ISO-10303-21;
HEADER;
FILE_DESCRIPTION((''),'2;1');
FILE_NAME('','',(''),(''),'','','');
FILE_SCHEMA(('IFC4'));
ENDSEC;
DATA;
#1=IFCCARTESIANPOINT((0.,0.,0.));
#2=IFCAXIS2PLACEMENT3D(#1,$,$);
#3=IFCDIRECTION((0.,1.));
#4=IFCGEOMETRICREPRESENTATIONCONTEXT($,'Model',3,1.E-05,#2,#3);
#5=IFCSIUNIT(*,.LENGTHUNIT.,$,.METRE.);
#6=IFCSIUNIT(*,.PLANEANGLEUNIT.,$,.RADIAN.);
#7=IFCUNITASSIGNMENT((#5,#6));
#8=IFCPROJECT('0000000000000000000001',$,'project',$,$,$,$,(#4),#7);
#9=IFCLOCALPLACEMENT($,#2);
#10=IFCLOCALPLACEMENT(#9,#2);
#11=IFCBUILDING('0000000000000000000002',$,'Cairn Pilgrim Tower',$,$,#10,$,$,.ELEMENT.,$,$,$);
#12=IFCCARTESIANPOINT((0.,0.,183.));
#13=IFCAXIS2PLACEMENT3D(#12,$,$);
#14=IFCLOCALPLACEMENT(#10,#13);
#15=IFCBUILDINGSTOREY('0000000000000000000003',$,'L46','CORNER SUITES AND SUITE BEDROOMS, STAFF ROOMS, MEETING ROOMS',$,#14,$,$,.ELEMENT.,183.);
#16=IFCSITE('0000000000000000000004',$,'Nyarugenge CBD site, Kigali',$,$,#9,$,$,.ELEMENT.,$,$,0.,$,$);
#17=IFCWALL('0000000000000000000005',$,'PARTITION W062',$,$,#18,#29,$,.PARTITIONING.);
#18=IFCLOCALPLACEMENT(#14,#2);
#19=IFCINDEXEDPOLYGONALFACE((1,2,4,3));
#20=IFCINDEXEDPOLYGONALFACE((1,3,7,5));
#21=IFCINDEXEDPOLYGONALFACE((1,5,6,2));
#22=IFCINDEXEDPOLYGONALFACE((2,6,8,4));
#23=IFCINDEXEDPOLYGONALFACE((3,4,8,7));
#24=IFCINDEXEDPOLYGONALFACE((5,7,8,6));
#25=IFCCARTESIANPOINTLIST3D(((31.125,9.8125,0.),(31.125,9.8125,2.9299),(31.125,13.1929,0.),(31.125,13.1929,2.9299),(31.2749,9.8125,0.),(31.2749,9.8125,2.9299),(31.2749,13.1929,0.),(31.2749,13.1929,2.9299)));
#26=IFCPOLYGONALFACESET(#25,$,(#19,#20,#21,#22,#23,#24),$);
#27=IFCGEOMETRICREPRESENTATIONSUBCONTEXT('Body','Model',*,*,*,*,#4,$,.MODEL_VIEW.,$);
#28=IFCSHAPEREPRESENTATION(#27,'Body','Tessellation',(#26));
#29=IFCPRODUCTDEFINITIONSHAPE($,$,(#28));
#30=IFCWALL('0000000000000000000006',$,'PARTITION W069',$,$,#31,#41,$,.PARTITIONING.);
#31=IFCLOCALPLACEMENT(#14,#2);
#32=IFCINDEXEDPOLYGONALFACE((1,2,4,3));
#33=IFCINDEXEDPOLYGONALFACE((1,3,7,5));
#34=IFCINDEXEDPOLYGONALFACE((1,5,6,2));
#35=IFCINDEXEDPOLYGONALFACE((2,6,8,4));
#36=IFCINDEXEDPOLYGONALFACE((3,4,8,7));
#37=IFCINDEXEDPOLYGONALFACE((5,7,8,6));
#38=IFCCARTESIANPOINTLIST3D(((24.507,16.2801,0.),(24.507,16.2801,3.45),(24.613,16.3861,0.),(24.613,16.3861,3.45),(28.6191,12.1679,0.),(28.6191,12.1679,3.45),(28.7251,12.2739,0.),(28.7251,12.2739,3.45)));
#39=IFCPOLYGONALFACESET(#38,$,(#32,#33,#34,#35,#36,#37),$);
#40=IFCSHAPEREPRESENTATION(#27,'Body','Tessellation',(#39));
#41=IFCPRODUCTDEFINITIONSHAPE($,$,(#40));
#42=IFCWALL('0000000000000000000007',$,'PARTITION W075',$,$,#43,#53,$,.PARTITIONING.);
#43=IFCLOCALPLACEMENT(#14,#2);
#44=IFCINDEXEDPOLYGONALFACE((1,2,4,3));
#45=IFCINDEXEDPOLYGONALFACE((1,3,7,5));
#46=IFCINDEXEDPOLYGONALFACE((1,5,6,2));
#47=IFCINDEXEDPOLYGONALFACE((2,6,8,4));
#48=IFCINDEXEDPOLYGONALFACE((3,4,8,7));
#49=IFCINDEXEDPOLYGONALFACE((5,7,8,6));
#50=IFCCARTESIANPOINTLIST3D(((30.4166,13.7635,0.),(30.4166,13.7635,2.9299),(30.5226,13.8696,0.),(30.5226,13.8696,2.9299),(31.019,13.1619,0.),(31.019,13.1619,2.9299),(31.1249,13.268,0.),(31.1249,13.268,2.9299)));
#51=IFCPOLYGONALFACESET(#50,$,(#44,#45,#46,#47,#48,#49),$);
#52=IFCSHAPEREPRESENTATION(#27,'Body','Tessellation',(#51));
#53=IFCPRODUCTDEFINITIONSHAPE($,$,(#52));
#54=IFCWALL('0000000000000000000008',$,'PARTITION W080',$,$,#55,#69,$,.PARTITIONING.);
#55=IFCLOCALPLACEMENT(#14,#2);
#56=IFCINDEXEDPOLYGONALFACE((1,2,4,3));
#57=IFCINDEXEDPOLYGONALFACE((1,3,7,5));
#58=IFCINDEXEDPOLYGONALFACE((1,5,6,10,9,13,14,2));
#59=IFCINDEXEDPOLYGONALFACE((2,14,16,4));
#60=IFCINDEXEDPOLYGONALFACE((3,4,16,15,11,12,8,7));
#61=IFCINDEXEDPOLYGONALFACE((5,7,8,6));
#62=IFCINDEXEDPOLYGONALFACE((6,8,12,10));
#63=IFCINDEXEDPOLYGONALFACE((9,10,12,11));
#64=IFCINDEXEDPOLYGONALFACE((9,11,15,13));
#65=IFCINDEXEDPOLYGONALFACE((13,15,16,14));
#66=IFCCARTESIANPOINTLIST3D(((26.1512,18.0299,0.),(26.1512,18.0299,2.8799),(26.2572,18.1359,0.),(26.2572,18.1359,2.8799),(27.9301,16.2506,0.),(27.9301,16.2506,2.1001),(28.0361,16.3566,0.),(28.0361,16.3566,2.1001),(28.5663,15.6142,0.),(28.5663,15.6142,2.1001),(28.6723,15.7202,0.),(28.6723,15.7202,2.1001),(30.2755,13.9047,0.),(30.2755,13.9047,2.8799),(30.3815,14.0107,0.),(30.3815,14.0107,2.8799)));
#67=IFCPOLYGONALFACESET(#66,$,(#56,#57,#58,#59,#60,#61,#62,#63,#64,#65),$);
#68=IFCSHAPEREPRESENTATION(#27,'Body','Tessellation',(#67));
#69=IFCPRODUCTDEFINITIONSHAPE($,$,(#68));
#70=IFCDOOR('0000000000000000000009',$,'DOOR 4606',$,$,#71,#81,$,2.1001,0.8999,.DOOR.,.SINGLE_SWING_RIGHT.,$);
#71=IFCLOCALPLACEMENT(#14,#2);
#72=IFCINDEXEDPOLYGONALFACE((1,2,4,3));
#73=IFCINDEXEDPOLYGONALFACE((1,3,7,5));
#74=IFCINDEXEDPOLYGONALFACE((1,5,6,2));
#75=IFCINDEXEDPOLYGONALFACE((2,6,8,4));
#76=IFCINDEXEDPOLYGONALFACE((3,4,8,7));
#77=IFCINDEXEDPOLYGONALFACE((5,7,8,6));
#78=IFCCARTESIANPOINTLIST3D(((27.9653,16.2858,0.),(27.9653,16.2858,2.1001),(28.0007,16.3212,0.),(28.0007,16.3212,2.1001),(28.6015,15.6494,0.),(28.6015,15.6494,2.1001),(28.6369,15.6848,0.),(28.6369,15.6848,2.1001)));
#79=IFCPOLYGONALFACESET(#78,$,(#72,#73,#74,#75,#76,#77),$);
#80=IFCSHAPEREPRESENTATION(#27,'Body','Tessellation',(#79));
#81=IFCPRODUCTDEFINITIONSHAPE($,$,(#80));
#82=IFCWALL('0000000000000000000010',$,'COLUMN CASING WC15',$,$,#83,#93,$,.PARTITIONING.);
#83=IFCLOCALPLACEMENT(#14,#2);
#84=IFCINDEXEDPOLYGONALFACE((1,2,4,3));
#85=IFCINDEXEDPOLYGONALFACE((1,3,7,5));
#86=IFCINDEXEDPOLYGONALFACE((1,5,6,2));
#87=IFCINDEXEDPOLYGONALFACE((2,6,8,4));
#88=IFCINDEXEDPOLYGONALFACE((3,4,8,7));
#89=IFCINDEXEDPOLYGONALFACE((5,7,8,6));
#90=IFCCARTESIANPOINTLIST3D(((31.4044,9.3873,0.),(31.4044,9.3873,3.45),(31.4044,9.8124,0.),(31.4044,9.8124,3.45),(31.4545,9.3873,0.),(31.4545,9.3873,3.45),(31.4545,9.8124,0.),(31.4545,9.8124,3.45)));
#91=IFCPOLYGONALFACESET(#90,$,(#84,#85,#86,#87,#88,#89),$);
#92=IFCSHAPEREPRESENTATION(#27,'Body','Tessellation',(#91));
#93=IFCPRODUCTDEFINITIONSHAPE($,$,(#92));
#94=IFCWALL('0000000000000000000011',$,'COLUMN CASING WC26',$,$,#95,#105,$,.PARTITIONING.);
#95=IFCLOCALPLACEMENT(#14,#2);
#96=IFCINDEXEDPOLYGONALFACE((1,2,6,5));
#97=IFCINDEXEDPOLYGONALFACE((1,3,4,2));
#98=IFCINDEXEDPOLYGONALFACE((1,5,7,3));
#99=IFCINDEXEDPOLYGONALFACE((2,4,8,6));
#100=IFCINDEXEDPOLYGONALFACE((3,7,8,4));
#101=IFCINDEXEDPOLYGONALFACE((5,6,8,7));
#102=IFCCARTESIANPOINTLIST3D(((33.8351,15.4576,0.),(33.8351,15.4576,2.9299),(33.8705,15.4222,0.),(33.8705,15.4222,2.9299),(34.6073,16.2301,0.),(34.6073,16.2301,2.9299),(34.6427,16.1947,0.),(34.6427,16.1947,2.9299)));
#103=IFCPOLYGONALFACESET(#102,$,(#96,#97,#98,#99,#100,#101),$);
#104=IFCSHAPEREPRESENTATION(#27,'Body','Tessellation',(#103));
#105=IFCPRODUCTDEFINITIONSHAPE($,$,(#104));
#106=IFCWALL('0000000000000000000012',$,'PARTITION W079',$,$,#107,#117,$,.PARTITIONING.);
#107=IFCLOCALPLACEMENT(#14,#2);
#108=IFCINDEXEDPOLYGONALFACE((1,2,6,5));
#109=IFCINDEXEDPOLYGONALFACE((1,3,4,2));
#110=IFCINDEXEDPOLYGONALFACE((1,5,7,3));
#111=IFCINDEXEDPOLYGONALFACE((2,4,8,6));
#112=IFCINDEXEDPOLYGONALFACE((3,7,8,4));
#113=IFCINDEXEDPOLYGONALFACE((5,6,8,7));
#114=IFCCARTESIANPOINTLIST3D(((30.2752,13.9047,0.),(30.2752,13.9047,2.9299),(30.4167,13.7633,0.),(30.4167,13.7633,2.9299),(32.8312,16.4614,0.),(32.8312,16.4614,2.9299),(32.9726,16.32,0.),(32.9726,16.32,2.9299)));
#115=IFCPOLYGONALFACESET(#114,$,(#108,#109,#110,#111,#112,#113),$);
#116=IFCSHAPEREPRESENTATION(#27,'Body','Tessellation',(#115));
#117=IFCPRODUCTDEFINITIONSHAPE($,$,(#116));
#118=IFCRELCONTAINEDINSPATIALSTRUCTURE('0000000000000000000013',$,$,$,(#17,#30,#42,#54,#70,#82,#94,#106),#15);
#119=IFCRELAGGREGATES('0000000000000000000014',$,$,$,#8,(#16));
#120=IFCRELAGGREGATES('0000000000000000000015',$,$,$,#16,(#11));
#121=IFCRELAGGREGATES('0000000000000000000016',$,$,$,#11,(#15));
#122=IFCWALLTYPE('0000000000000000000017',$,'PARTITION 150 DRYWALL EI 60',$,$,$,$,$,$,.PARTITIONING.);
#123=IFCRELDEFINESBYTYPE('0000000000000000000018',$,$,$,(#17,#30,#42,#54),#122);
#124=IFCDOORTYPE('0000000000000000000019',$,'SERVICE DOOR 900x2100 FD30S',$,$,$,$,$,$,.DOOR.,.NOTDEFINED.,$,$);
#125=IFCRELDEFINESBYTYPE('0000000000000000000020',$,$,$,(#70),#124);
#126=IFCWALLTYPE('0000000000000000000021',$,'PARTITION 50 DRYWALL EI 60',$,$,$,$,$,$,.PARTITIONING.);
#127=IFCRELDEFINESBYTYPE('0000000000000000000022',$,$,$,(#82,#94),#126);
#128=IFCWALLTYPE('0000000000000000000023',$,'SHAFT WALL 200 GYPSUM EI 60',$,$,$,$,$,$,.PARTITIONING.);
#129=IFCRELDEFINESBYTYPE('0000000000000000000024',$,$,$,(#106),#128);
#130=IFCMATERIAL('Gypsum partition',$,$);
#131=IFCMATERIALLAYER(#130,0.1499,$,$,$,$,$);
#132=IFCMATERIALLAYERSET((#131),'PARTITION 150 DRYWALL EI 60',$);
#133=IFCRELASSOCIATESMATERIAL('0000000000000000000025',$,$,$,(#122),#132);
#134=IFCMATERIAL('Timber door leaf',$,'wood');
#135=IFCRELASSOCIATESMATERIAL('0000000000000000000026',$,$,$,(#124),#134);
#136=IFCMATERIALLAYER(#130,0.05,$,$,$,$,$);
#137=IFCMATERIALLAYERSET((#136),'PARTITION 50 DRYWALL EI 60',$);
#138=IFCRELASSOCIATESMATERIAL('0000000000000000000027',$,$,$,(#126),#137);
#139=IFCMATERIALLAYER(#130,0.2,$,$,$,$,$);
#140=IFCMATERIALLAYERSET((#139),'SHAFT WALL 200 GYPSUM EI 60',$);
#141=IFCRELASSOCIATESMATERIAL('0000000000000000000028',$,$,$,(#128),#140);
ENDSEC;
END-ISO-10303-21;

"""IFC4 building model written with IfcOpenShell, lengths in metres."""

from ifc_helpers import new_model, si_unit, direction, frame, frame_2d, origin, place, context, subcontext, project, spatial, rectangle, extrude, material, layer, layer_set, type_object, element, fill, save


model = new_model("IFC4")

# Units and contexts
model_context = context("Model", 3, precision=1e-05, world=origin(), true_north=direction((0.0, 1.0)))
body_context = subcontext(model_context, "Body", "Model", "MODEL_VIEW")
ifc_project = project(units=[si_unit("LENGTHUNIT", "METRE"), si_unit("PLANEANGLEUNIT", "RADIAN")], contexts=[model_context])

# Site, building, storey
site_placement = place(None, origin())
site = spatial("IfcSite", under=ifc_project, at=site_placement, Name="Nyarugenge CBD site, Kigali", CompositionType="ELEMENT", RefElevation=0.0)
building_placement = place(site_placement, origin())
building = spatial("IfcBuilding", under=site, at=building_placement, Name="Cairn Pilgrim Tower", CompositionType="ELEMENT")
storey_placement = place(building_placement, frame((0.0, 0.0, 183.0)))
storey = spatial("IfcBuildingStorey", under=building, at=storey_placement, Name="L46", Description="CORNER SUITES AND SUITE BEDROOMS, STAFF ROOMS, MEETING ROOMS", CompositionType="ELEMENT", Elevation=183.0)

# Shared definitions
ifc_material_1 = material(Name="Gypsum partition")
ifc_material_2 = material(Name="Timber door leaf", Category="wood")

# Walls
ifc_layer_1 = layer(ifc_material_1, 0.1499)
ifc_layer_set_1 = layer_set([ifc_layer_1], Name="PARTITION 150 DRYWALL EI 60")
wall_type_1 = type_object("IfcWallType", Name="PARTITION 150 DRYWALL EI 60", PredefinedType="PARTITIONING", material=ifc_layer_set_1)
wall_1_placement = place(storey_placement, frame((31.2, 9.8125, 0.0), z_axis=(0.0, 0.0, 1.0), x_axis=(0.0, 1.0, 0.0)))
element("IfcWall", 1, at=wall_1_placement, inside=storey, type_object=wall_type_1, Name="PARTITION W062", PredefinedType="PARTITIONING", context=body_context, shape_type="SweptSolid", body=[
    extrude(rectangle(XDim=3.3804, YDim=0.1499, at=frame_2d((1.6902, 0.0))), origin(), (0.0, 0.0, 1.0), 2.9299),
])
wall_2_placement = place(storey_placement, frame((28.6721, 12.2209, 0.0), z_axis=(0.0, 0.0, 1.0), x_axis=(-0.707107, 0.707107, 0.0)))
element("IfcWall", 2, at=wall_2_placement, inside=storey, type_object=wall_type_1, Name="PARTITION W069", PredefinedType="PARTITIONING", context=body_context, shape_type="SweptSolid", body=[
    extrude(rectangle(XDim=5.8154, YDim=0.1499, at=frame_2d((2.9077, 0.0))), origin(), (0.0, 0.0, 1.0), 3.45),
])
wall_3_placement = place(storey_placement, frame((31.072, 13.2148, 0.0), z_axis=(0.0, 0.0, 1.0), x_axis=(-0.707537, 0.706676, 0.0)))
element("IfcWall", 3, at=wall_3_placement, inside=storey, type_object=wall_type_1, Name="PARTITION W075", PredefinedType="PARTITIONING", context=body_context, shape_type="SweptSolid", body=[
    extrude(rectangle(XDim=0.8513, YDim=0.1499, at=frame_2d((0.4258, 0.0))), origin(), (0.0, 0.0, 1.0), 2.9299),
])

# Wall, opening, door
wall_4_placement = place(storey_placement, frame((30.3284, 13.9578, 0.0), z_axis=(0.0, 0.0, 1.0), x_axis=(-0.707023, 0.70719, 0.0)))
wall_4 = element("IfcWall", 4, at=wall_4_placement, inside=storey, type_object=wall_type_1, Name="PARTITION W080", PredefinedType="PARTITIONING", context=body_context, shape_type="SweptSolid", body=[
    extrude(rectangle(XDim=5.8333, YDim=0.1499, at=frame_2d((2.9165, 0.0))), origin(), (0.0, 0.0, 1.0), 2.8799),
])
opening_1_placement = place(wall_4_placement, frame((2.4172, 0.0, 0.0)))
opening_1 = element("IfcOpeningElement", 5, at=opening_1_placement, cuts=wall_4, PredefinedType="OPENING", context=body_context, shape_type="SweptSolid", body=[
    extrude(rectangle(XDim=0.8999, YDim=2.1001, at=frame_2d((0.45, 1.05))), frame((0.0, 0.085, 0.0), z_axis=(0.0, -1.0, 0.0), x_axis=(1.0, 0.0, 0.0)), (0.0, 0.0, 1.0), 0.1699),
])
door_type_1 = type_object("IfcDoorType", Name="SERVICE DOOR 900x2100 FD30S", OperationType="NOTDEFINED", PredefinedType="DOOR", material=ifc_material_2)
door_1_placement = place(opening_1_placement, frame((0.8999, 0.0, 0.0), z_axis=(0.0, 0.0, 1.0), x_axis=(-1.0, 0.0, 0.0)))
door_1 = element("IfcDoor", 6, at=door_1_placement, inside=storey, type_object=door_type_1, Name="DOOR 4606", OperationType="SINGLE_SWING_RIGHT", OverallHeight=2.1001, OverallWidth=0.8999, PredefinedType="DOOR", context=body_context, shape_type="SweptSolid", body=[
    extrude(rectangle(XDim=0.8999, YDim=2.1001, at=frame_2d((0.45, 1.05))), frame((0.0, 0.0249, 0.0), z_axis=(0.0, -1.0, 0.0), x_axis=(1.0, 0.0, 0.0)), (0.0, 0.0, 1.0), 0.05),
])
fill(opening_1, door_1)

# Walls
ifc_layer_2 = layer(ifc_material_1, 0.05)
ifc_layer_set_2 = layer_set([ifc_layer_2], Name="PARTITION 50 DRYWALL EI 60")
wall_type_2 = type_object("IfcWallType", Name="PARTITION 50 DRYWALL EI 60", PredefinedType="PARTITIONING", material=ifc_layer_set_2)
wall_5_placement = place(storey_placement, frame((31.4294, 9.3875, 0.0), z_axis=(0.0, 0.0, 1.0), x_axis=(0.0, 1.0, 0.0)))
element("IfcWall", 7, at=wall_5_placement, inside=storey, type_object=wall_type_2, Name="COLUMN CASING WC15", PredefinedType="PARTITIONING", context=body_context, shape_type="SweptSolid", body=[
    extrude(rectangle(XDim=0.425, YDim=0.05, at=frame_2d((0.2124, 0.0))), origin(), (0.0, 0.0, 1.0), 3.45),
])
wall_6_placement = place(storey_placement, frame((33.8528, 15.4399, 0.0), z_axis=(0.0, 0.0, 1.0), x_axis=(0.706995, 0.707219, 0.0)))
element("IfcWall", 8, at=wall_6_placement, inside=storey, type_object=wall_type_2, Name="COLUMN CASING WC26", PredefinedType="PARTITIONING", context=body_context, shape_type="SweptSolid", body=[
    extrude(rectangle(XDim=1.0923, YDim=0.05, at=frame_2d((0.5461, 0.0))), origin(), (0.0, 0.0, 1.0), 2.9299),
])
ifc_layer_3 = layer(ifc_material_1, 0.2)
ifc_layer_set_3 = layer_set([ifc_layer_3], Name="SHAFT WALL 200 GYPSUM EI 60")
wall_type_3 = type_object("IfcWallType", Name="SHAFT WALL 200 GYPSUM EI 60", PredefinedType="PARTITIONING", material=ifc_layer_set_3)
wall_7_placement = place(storey_placement, frame((30.3459, 13.834, 0.0), z_axis=(0.0, 0.0, 1.0), x_axis=(0.707005, 0.707208, 0.0)))
element("IfcWall", 9, at=wall_7_placement, inside=storey, type_object=wall_type_3, Name="PARTITION W079", PredefinedType="PARTITIONING", context=body_context, shape_type="SweptSolid", body=[
    extrude(rectangle(XDim=3.6152, YDim=0.2, at=frame_2d((1.8076, 0.0))), origin(), (0.0, 0.0, 1.0), 2.9299),
])

save(model, "model.ifc")
